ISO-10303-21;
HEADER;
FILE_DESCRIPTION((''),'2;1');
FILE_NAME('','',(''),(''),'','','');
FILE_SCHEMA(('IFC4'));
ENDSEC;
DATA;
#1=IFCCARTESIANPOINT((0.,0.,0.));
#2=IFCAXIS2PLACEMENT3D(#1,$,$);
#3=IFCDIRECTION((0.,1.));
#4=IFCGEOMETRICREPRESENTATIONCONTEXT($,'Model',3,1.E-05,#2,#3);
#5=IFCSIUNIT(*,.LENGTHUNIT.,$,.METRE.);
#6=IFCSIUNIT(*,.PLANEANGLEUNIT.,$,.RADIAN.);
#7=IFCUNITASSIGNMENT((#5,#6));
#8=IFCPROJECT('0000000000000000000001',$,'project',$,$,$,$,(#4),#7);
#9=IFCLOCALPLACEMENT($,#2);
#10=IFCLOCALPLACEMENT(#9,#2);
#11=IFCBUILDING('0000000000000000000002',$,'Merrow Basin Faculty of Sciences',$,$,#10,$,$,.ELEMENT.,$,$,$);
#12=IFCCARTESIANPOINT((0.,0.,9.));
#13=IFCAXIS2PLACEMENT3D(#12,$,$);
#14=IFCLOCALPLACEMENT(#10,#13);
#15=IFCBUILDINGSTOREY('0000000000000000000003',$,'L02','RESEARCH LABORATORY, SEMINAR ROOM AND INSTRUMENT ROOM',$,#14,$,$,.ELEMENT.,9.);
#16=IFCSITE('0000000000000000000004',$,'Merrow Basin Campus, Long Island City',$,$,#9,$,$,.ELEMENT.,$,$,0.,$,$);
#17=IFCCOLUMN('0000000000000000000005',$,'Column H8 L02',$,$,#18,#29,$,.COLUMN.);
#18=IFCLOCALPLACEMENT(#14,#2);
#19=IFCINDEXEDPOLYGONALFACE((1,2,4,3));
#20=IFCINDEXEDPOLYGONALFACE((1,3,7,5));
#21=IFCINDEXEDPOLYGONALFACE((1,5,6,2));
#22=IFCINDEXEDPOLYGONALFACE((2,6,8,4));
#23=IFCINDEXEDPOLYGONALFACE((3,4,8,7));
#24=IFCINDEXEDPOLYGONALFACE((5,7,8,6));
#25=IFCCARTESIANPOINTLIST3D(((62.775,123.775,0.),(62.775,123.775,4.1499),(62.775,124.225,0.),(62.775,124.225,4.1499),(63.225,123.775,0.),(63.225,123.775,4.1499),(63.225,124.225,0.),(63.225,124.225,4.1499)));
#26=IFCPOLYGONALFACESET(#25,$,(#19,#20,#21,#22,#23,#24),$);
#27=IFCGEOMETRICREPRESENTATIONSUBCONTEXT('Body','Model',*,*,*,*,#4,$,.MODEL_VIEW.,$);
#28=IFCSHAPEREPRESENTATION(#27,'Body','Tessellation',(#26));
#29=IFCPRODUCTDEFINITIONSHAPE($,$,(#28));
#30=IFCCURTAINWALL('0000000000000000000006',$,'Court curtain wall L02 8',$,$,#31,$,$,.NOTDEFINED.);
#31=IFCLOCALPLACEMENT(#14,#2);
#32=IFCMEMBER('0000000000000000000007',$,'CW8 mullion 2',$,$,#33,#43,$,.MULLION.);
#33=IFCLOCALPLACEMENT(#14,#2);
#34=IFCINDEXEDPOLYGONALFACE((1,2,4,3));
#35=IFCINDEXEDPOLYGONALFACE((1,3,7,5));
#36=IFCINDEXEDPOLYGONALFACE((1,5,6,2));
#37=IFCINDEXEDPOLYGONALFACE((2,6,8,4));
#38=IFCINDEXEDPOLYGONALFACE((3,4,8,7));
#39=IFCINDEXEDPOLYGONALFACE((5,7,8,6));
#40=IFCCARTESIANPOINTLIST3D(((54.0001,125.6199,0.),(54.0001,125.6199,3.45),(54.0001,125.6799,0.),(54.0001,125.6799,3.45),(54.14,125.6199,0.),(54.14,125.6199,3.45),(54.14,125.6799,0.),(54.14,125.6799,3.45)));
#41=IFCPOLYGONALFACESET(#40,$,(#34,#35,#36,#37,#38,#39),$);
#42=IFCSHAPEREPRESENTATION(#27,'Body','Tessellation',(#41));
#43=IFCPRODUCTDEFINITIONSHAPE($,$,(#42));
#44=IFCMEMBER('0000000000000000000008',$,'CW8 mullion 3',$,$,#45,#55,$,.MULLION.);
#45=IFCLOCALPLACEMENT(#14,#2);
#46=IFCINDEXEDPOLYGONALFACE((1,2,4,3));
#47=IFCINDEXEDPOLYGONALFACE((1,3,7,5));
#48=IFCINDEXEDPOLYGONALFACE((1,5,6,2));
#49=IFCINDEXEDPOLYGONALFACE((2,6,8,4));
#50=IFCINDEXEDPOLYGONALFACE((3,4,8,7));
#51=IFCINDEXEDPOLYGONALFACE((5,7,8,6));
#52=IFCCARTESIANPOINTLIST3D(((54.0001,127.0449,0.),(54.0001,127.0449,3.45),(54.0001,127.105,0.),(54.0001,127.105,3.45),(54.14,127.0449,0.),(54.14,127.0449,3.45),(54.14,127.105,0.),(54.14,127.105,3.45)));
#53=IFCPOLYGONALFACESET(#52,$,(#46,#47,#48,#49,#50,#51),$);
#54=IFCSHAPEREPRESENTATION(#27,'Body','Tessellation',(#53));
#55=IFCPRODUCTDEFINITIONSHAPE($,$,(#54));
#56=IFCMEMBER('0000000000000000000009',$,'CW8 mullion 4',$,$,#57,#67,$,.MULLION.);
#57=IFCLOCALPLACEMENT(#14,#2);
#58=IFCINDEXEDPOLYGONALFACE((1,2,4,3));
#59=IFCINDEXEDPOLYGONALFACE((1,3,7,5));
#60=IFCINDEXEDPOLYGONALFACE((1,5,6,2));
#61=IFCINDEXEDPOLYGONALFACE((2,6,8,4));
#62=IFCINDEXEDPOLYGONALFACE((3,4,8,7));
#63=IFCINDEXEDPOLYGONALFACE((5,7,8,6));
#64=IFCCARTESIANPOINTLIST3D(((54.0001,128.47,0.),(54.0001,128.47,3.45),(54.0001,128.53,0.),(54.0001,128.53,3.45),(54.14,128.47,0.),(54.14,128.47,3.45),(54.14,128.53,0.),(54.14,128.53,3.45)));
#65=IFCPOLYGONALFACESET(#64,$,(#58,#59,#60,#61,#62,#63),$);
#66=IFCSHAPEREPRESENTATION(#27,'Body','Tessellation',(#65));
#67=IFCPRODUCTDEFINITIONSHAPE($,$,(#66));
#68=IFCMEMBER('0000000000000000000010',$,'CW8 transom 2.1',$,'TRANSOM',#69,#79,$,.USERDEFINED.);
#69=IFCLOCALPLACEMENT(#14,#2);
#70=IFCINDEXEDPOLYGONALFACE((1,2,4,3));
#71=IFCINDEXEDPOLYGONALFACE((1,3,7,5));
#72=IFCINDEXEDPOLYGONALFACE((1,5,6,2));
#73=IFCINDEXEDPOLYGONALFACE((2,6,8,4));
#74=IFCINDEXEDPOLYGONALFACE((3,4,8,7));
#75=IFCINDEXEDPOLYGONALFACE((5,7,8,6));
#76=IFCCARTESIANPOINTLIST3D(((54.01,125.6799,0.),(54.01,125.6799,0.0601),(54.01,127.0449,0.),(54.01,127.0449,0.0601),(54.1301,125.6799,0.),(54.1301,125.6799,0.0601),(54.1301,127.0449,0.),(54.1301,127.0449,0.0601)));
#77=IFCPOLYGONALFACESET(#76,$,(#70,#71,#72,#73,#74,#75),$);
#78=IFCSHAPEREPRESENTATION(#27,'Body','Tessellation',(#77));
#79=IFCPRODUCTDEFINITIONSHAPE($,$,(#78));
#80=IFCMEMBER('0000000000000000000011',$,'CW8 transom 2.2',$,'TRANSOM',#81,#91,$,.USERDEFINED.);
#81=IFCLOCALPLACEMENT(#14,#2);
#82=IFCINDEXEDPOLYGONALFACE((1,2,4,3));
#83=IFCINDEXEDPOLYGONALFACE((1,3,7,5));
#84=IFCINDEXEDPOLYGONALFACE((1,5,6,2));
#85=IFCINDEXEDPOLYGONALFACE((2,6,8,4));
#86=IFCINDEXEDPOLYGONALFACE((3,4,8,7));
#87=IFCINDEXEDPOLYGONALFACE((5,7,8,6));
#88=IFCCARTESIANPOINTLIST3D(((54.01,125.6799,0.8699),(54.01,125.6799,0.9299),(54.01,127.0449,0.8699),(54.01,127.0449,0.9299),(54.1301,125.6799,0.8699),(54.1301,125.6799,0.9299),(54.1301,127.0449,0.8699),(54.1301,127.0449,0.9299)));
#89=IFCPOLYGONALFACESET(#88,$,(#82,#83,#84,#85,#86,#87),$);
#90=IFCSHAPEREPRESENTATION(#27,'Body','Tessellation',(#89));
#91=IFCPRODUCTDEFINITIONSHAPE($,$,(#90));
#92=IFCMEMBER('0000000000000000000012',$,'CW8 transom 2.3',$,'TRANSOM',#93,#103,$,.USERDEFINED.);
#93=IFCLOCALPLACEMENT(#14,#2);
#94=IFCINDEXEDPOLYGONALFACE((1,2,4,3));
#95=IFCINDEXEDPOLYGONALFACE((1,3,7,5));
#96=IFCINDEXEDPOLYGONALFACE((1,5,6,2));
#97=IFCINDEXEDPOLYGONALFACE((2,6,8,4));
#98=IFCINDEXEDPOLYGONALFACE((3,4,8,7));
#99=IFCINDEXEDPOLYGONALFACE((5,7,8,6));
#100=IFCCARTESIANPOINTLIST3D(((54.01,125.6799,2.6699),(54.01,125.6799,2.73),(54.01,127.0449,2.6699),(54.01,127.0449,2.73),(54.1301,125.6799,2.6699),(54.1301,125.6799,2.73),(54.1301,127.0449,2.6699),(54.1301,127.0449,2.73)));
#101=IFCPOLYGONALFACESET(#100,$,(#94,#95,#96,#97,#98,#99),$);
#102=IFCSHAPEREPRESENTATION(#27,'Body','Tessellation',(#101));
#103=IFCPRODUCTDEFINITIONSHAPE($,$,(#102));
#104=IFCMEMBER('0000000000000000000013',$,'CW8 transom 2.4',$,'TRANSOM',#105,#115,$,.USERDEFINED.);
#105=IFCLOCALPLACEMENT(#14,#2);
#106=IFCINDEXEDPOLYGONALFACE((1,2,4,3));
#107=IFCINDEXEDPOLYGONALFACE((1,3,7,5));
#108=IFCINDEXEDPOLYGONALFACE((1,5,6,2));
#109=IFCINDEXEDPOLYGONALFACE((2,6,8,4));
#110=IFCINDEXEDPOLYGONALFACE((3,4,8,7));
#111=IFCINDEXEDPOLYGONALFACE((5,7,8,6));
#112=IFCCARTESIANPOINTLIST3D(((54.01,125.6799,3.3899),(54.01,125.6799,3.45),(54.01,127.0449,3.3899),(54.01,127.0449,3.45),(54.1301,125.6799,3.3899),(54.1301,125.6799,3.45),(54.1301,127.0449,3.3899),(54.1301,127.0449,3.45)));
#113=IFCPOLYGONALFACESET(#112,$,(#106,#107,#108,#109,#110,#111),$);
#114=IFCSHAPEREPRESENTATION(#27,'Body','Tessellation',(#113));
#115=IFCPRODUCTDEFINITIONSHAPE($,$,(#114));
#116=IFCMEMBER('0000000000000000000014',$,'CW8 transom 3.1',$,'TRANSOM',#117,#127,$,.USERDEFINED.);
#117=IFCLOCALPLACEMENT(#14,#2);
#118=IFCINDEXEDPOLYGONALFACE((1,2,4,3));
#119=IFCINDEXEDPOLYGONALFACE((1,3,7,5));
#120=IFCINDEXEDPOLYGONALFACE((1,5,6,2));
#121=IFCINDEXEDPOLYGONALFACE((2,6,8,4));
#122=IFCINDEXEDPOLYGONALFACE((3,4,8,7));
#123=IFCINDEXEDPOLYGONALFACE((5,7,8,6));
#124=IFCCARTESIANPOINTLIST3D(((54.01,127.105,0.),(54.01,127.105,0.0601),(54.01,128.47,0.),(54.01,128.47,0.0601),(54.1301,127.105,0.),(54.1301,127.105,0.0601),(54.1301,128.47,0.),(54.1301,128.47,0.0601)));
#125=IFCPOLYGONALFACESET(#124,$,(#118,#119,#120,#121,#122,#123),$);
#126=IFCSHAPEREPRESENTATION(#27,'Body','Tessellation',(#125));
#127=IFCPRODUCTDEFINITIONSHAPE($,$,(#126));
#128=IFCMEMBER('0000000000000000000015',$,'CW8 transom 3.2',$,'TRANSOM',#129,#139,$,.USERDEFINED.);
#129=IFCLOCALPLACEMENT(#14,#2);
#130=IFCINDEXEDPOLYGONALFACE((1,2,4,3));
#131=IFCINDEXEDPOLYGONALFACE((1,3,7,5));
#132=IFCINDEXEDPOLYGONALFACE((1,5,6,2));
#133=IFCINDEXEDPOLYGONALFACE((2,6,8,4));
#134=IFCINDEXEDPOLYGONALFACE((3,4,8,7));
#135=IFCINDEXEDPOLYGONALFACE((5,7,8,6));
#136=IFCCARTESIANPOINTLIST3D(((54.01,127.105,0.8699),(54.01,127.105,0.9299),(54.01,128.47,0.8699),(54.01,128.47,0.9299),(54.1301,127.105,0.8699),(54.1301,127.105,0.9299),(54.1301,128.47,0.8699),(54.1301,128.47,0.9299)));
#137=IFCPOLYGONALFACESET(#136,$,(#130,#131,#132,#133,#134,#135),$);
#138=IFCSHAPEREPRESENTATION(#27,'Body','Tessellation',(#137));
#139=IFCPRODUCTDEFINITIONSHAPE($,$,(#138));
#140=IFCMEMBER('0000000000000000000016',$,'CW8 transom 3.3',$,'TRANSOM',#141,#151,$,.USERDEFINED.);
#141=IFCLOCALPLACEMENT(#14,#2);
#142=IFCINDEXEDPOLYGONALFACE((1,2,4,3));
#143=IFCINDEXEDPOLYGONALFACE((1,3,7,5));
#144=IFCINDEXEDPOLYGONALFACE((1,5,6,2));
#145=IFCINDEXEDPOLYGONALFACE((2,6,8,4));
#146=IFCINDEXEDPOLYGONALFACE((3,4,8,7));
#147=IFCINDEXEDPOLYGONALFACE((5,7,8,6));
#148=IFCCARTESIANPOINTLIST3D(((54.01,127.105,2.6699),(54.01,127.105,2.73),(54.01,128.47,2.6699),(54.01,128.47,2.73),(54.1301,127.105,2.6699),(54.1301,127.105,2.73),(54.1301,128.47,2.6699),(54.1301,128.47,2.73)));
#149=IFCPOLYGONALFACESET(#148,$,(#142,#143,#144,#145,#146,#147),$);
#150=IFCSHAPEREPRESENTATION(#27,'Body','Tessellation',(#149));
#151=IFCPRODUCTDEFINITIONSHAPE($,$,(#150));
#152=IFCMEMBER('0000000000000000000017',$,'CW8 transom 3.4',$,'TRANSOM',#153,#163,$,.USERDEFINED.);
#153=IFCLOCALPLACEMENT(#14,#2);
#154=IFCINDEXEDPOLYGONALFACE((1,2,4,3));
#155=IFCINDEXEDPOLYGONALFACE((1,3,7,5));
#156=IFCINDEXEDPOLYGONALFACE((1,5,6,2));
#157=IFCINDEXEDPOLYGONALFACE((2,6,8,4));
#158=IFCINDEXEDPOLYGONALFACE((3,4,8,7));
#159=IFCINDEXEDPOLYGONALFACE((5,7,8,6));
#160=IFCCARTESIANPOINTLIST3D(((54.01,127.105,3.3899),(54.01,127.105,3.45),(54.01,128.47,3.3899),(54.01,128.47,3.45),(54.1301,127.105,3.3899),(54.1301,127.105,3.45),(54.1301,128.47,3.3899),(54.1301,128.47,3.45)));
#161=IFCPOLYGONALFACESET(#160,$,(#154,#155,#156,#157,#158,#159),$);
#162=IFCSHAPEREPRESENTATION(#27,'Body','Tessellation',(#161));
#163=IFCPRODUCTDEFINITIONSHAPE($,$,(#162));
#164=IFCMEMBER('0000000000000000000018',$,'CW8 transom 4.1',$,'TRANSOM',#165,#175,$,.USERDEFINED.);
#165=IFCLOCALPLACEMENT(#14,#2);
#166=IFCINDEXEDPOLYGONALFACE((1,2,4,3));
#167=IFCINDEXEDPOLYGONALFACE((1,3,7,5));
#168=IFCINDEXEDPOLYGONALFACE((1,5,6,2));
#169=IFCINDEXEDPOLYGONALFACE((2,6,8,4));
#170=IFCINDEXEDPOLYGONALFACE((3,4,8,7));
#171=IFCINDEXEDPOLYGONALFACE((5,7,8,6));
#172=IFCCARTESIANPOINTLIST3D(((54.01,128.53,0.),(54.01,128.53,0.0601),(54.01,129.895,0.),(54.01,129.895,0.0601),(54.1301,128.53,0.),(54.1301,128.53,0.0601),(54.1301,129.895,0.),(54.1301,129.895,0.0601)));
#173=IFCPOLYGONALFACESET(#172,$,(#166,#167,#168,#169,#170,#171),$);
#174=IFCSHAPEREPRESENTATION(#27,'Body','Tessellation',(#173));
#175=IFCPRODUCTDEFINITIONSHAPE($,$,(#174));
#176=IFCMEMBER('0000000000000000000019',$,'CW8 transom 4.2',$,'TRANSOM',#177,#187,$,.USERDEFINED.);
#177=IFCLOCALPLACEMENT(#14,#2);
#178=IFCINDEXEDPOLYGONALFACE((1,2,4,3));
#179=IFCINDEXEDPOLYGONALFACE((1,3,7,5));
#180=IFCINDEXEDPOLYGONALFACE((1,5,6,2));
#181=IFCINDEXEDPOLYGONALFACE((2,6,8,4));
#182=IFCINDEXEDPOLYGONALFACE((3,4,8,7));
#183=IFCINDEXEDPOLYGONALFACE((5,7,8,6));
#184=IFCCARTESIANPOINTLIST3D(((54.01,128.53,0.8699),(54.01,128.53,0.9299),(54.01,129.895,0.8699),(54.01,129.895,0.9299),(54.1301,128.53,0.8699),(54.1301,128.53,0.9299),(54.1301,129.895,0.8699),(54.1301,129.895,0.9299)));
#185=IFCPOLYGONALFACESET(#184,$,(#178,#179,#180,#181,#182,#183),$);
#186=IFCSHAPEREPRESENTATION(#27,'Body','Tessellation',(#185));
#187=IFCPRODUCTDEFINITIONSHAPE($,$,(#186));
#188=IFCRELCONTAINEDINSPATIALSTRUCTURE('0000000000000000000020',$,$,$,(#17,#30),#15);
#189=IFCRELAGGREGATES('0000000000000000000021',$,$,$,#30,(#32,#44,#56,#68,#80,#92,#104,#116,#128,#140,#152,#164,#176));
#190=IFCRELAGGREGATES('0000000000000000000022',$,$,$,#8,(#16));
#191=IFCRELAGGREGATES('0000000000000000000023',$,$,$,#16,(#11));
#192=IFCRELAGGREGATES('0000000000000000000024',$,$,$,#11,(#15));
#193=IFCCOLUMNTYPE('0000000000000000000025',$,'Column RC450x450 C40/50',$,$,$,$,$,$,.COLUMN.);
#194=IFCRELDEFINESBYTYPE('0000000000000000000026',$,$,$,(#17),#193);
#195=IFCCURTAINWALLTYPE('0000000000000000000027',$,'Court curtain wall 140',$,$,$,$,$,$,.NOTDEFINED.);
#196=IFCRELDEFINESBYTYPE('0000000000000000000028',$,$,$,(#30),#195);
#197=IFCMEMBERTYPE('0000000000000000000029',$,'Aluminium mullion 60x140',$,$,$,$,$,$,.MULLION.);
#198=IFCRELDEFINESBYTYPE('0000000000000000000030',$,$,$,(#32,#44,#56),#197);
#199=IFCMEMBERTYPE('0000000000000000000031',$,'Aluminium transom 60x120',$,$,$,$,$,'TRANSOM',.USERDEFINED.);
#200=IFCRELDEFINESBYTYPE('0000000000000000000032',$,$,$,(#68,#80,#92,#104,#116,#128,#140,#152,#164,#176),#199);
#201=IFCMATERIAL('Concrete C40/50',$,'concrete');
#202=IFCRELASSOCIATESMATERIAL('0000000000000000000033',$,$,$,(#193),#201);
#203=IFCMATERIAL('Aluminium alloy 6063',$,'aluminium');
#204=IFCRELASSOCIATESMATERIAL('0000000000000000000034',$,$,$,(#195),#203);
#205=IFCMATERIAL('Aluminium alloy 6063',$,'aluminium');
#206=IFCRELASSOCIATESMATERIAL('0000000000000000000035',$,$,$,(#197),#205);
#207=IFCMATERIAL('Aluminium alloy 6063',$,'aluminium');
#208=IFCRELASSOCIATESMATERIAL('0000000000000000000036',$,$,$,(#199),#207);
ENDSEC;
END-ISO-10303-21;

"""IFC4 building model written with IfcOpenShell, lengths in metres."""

from ifc_helpers import new_model, si_unit, direction, frame, origin, origin_2d, place, context, subcontext, project, spatial, rectangle, extrude, material, material_profile, profile_set, type_object, element, aggregate, save


model = new_model("IFC4")

# Units and contexts
model_context = context("Model", 3, precision=1e-05, world=origin(), true_north=direction((0.0, 1.0)))
body_context = subcontext(model_context, "Body", "Model", "MODEL_VIEW")
ifc_project = project(units=[si_unit("LENGTHUNIT", "METRE"), si_unit("PLANEANGLEUNIT", "RADIAN")], contexts=[model_context])

# Site, building, storey
site_placement = place(None, origin())
site = spatial("IfcSite", under=ifc_project, at=site_placement, Name="Merrow Basin Campus, Long Island City", CompositionType="ELEMENT", RefElevation=0.0)
building_placement = place(site_placement, origin())
building = spatial("IfcBuilding", under=site, at=building_placement, Name="Merrow Basin Faculty of Sciences", CompositionType="ELEMENT")
storey_placement = place(building_placement, frame((0.0, 0.0, 9.0)))
storey = spatial("IfcBuildingStorey", under=building, at=storey_placement, Name="L02", Description="RESEARCH LABORATORY, SEMINAR ROOM AND INSTRUMENT ROOM", CompositionType="ELEMENT", Elevation=9.0)

# Column
ifc_material_1 = material(Name="Concrete C40/50", Category="concrete")
ifc_material_profile_1 = material_profile(ifc_material_1, rectangle(XDim=0.45, YDim=0.45, at=origin_2d()))
ifc_profile_set_1 = profile_set([ifc_material_profile_1], Name="Concrete C40/50")
column_type = type_object("IfcColumnType", Name="Column RC450x450 C40/50", PredefinedType="COLUMN", material=ifc_profile_set_1)
column_placement = place(storey_placement, frame((63.0, 124.0, 0.0), z_axis=(0.0, 0.0, 1.0), x_axis=(1.0, 0.0, 0.0)))
element("IfcColumn", 1, at=column_placement, inside=storey, type_object=column_type, Name="Column H8 L02", PredefinedType="COLUMN", context=body_context, shape_type="SweptSolid", body=[
    extrude(rectangle(XDim=0.45, YDim=0.45, at=origin_2d()), origin(), (0.0, 0.0, 1.0), 4.1499),
])

# Curtain wall, members
ifc_material_2 = material(Name="Aluminium alloy 6063", Category="aluminium")
curtain_wall_type = type_object("IfcCurtainWallType", Name="Court curtain wall 140", PredefinedType="NOTDEFINED", material=ifc_material_2)
curtain_wall_placement = place(storey_placement, origin())
curtain_wall = element("IfcCurtainWall", 2, at=curtain_wall_placement, inside=storey, type_object=curtain_wall_type, Name="Court curtain wall L02 8", PredefinedType="NOTDEFINED")
ifc_material_3 = material(Name="Aluminium alloy 6063", Category="aluminium")
ifc_material_profile_2 = material_profile(ifc_material_3, rectangle(XDim=0.1399, YDim=0.0601, at=origin_2d()))
ifc_profile_set_2 = profile_set([ifc_material_profile_2], Name="Aluminium alloy 6063")
member_type_1 = type_object("IfcMemberType", Name="Aluminium mullion 60x140", PredefinedType="MULLION", material=ifc_profile_set_2)
member_1_placement = place(storey_placement, frame((54.0701, 125.6499, 0.0), z_axis=(0.0, 0.0, 1.0), x_axis=(-1.0, 0.0, 0.0)))
member_1 = element("IfcMember", 3, at=member_1_placement, type_object=member_type_1, Name="CW8 mullion 2", PredefinedType="MULLION", context=body_context, shape_type="SweptSolid", body=[
    extrude(rectangle(XDim=0.1399, YDim=0.0601, at=origin_2d()), origin(), (0.0, 0.0, 1.0), 3.45),
])
member_2_placement = place(storey_placement, frame((54.0701, 127.075, 0.0), z_axis=(0.0, 0.0, 1.0), x_axis=(-1.0, 0.0, 0.0)))
member_2 = element("IfcMember", 4, at=member_2_placement, type_object=member_type_1, Name="CW8 mullion 3", PredefinedType="MULLION", context=body_context, shape_type="SweptSolid", body=[
    extrude(rectangle(XDim=0.1399, YDim=0.0601, at=origin_2d()), origin(), (0.0, 0.0, 1.0), 3.45),
])
member_3_placement = place(storey_placement, frame((54.0701, 128.5, 0.0), z_axis=(0.0, 0.0, 1.0), x_axis=(-1.0, 0.0, 0.0)))
member_3 = element("IfcMember", 5, at=member_3_placement, type_object=member_type_1, Name="CW8 mullion 4", PredefinedType="MULLION", context=body_context, shape_type="SweptSolid", body=[
    extrude(rectangle(XDim=0.1399, YDim=0.0601, at=origin_2d()), origin(), (0.0, 0.0, 1.0), 3.45),
])
ifc_material_4 = material(Name="Aluminium alloy 6063", Category="aluminium")
ifc_material_profile_3 = material_profile(ifc_material_4, rectangle(XDim=0.1201, YDim=0.0601, at=origin_2d()))
ifc_profile_set_3 = profile_set([ifc_material_profile_3], Name="Aluminium alloy 6063")
member_type_2 = type_object("IfcMemberType", Name="Aluminium transom 60x120", ElementType="TRANSOM", PredefinedType="USERDEFINED", material=ifc_profile_set_3)
member_4_placement = place(storey_placement, frame((54.0701, 125.6799, 0.03), z_axis=(0.0, 1.0, 0.0), x_axis=(-1.0, 0.0, 0.0)))
member_4 = element("IfcMember", 6, at=member_4_placement, type_object=member_type_2, Name="CW8 transom 2.1", ObjectType="TRANSOM", PredefinedType="USERDEFINED", context=body_context, shape_type="SweptSolid", body=[
    extrude(rectangle(XDim=0.1201, YDim=0.0601, at=origin_2d()), origin(), (0.0, 0.0, 1.0), 1.365),
])
member_5_placement = place(storey_placement, frame((54.0701, 125.6799, 0.8999), z_axis=(0.0, 1.0, 0.0), x_axis=(-1.0, 0.0, 0.0)))
member_5 = element("IfcMember", 7, at=member_5_placement, type_object=member_type_2, Name="CW8 transom 2.2", ObjectType="TRANSOM", PredefinedType="USERDEFINED", context=body_context, shape_type="SweptSolid", body=[
    extrude(rectangle(XDim=0.1201, YDim=0.0601, at=origin_2d()), origin(), (0.0, 0.0, 1.0), 1.365),
])
member_6_placement = place(storey_placement, frame((54.0701, 125.6799, 2.7), z_axis=(0.0, 1.0, 0.0), x_axis=(-1.0, 0.0, 0.0)))
member_6 = element("IfcMember", 8, at=member_6_placement, type_object=member_type_2, Name="CW8 transom 2.3", ObjectType="TRANSOM", PredefinedType="USERDEFINED", context=body_context, shape_type="SweptSolid", body=[
    extrude(rectangle(XDim=0.1201, YDim=0.0601, at=origin_2d()), origin(), (0.0, 0.0, 1.0), 1.365),
])
member_7_placement = place(storey_placement, frame((54.0701, 125.6799, 3.4199), z_axis=(0.0, 1.0, 0.0), x_axis=(-1.0, 0.0, 0.0)))
member_7 = element("IfcMember", 9, at=member_7_placement, type_object=member_type_2, Name="CW8 transom 2.4", ObjectType="TRANSOM", PredefinedType="USERDEFINED", context=body_context, shape_type="SweptSolid", body=[
    extrude(rectangle(XDim=0.1201, YDim=0.0601, at=origin_2d()), origin(), (0.0, 0.0, 1.0), 1.365),
])
member_8_placement = place(storey_placement, frame((54.0701, 127.105, 0.03), z_axis=(0.0, 1.0, 0.0), x_axis=(-1.0, 0.0, 0.0)))
member_8 = element("IfcMember", 10, at=member_8_placement, type_object=member_type_2, Name="CW8 transom 3.1", ObjectType="TRANSOM", PredefinedType="USERDEFINED", context=body_context, shape_type="SweptSolid", body=[
    extrude(rectangle(XDim=0.1201, YDim=0.0601, at=origin_2d()), origin(), (0.0, 0.0, 1.0), 1.365),
])
member_9_placement = place(storey_placement, frame((54.0701, 127.105, 0.8999), z_axis=(0.0, 1.0, 0.0), x_axis=(-1.0, 0.0, 0.0)))
member_9 = element("IfcMember", 11, at=member_9_placement, type_object=member_type_2, Name="CW8 transom 3.2", ObjectType="TRANSOM", PredefinedType="USERDEFINED", context=body_context, shape_type="SweptSolid", body=[
    extrude(rectangle(XDim=0.1201, YDim=0.0601, at=origin_2d()), origin(), (0.0, 0.0, 1.0), 1.365),
])
member_10_placement = place(storey_placement, frame((54.0701, 127.105, 2.7), z_axis=(0.0, 1.0, 0.0), x_axis=(-1.0, 0.0, 0.0)))
member_10 = element("IfcMember", 12, at=member_10_placement, type_object=member_type_2, Name="CW8 transom 3.3", ObjectType="TRANSOM", PredefinedType="USERDEFINED", context=body_context, shape_type="SweptSolid", body=[
    extrude(rectangle(XDim=0.1201, YDim=0.0601, at=origin_2d()), origin(), (0.0, 0.0, 1.0), 1.365),
])
member_11_placement = place(storey_placement, frame((54.0701, 127.105, 3.4199), z_axis=(0.0, 1.0, 0.0), x_axis=(-1.0, 0.0, 0.0)))
member_11 = element("IfcMember", 13, at=member_11_placement, type_object=member_type_2, Name="CW8 transom 3.4", ObjectType="TRANSOM", PredefinedType="USERDEFINED", context=body_context, shape_type="SweptSolid", body=[
    extrude(rectangle(XDim=0.1201, YDim=0.0601, at=origin_2d()), origin(), (0.0, 0.0, 1.0), 1.365),
])
member_12_placement = place(storey_placement, frame((54.0701, 128.53, 0.03), z_axis=(0.0, 1.0, 0.0), x_axis=(-1.0, 0.0, 0.0)))
member_12 = element("IfcMember", 14, at=member_12_placement, type_object=member_type_2, Name="CW8 transom 4.1", ObjectType="TRANSOM", PredefinedType="USERDEFINED", context=body_context, shape_type="SweptSolid", body=[
    extrude(rectangle(XDim=0.1201, YDim=0.0601, at=origin_2d()), origin(), (0.0, 0.0, 1.0), 1.365),
])
member_13_placement = place(storey_placement, frame((54.0701, 128.53, 0.8999), z_axis=(0.0, 1.0, 0.0), x_axis=(-1.0, 0.0, 0.0)))
member_13 = element("IfcMember", 15, at=member_13_placement, type_object=member_type_2, Name="CW8 transom 4.2", ObjectType="TRANSOM", PredefinedType="USERDEFINED", context=body_context, shape_type="SweptSolid", body=[
    extrude(rectangle(XDim=0.1201, YDim=0.0601, at=origin_2d()), origin(), (0.0, 0.0, 1.0), 1.365),
])

aggregate(curtain_wall, [member_1, member_2, member_3, member_4, member_5, member_6, member_7, member_8, member_9, member_10, member_11, member_12, member_13])

save(model, "model.ifc")
